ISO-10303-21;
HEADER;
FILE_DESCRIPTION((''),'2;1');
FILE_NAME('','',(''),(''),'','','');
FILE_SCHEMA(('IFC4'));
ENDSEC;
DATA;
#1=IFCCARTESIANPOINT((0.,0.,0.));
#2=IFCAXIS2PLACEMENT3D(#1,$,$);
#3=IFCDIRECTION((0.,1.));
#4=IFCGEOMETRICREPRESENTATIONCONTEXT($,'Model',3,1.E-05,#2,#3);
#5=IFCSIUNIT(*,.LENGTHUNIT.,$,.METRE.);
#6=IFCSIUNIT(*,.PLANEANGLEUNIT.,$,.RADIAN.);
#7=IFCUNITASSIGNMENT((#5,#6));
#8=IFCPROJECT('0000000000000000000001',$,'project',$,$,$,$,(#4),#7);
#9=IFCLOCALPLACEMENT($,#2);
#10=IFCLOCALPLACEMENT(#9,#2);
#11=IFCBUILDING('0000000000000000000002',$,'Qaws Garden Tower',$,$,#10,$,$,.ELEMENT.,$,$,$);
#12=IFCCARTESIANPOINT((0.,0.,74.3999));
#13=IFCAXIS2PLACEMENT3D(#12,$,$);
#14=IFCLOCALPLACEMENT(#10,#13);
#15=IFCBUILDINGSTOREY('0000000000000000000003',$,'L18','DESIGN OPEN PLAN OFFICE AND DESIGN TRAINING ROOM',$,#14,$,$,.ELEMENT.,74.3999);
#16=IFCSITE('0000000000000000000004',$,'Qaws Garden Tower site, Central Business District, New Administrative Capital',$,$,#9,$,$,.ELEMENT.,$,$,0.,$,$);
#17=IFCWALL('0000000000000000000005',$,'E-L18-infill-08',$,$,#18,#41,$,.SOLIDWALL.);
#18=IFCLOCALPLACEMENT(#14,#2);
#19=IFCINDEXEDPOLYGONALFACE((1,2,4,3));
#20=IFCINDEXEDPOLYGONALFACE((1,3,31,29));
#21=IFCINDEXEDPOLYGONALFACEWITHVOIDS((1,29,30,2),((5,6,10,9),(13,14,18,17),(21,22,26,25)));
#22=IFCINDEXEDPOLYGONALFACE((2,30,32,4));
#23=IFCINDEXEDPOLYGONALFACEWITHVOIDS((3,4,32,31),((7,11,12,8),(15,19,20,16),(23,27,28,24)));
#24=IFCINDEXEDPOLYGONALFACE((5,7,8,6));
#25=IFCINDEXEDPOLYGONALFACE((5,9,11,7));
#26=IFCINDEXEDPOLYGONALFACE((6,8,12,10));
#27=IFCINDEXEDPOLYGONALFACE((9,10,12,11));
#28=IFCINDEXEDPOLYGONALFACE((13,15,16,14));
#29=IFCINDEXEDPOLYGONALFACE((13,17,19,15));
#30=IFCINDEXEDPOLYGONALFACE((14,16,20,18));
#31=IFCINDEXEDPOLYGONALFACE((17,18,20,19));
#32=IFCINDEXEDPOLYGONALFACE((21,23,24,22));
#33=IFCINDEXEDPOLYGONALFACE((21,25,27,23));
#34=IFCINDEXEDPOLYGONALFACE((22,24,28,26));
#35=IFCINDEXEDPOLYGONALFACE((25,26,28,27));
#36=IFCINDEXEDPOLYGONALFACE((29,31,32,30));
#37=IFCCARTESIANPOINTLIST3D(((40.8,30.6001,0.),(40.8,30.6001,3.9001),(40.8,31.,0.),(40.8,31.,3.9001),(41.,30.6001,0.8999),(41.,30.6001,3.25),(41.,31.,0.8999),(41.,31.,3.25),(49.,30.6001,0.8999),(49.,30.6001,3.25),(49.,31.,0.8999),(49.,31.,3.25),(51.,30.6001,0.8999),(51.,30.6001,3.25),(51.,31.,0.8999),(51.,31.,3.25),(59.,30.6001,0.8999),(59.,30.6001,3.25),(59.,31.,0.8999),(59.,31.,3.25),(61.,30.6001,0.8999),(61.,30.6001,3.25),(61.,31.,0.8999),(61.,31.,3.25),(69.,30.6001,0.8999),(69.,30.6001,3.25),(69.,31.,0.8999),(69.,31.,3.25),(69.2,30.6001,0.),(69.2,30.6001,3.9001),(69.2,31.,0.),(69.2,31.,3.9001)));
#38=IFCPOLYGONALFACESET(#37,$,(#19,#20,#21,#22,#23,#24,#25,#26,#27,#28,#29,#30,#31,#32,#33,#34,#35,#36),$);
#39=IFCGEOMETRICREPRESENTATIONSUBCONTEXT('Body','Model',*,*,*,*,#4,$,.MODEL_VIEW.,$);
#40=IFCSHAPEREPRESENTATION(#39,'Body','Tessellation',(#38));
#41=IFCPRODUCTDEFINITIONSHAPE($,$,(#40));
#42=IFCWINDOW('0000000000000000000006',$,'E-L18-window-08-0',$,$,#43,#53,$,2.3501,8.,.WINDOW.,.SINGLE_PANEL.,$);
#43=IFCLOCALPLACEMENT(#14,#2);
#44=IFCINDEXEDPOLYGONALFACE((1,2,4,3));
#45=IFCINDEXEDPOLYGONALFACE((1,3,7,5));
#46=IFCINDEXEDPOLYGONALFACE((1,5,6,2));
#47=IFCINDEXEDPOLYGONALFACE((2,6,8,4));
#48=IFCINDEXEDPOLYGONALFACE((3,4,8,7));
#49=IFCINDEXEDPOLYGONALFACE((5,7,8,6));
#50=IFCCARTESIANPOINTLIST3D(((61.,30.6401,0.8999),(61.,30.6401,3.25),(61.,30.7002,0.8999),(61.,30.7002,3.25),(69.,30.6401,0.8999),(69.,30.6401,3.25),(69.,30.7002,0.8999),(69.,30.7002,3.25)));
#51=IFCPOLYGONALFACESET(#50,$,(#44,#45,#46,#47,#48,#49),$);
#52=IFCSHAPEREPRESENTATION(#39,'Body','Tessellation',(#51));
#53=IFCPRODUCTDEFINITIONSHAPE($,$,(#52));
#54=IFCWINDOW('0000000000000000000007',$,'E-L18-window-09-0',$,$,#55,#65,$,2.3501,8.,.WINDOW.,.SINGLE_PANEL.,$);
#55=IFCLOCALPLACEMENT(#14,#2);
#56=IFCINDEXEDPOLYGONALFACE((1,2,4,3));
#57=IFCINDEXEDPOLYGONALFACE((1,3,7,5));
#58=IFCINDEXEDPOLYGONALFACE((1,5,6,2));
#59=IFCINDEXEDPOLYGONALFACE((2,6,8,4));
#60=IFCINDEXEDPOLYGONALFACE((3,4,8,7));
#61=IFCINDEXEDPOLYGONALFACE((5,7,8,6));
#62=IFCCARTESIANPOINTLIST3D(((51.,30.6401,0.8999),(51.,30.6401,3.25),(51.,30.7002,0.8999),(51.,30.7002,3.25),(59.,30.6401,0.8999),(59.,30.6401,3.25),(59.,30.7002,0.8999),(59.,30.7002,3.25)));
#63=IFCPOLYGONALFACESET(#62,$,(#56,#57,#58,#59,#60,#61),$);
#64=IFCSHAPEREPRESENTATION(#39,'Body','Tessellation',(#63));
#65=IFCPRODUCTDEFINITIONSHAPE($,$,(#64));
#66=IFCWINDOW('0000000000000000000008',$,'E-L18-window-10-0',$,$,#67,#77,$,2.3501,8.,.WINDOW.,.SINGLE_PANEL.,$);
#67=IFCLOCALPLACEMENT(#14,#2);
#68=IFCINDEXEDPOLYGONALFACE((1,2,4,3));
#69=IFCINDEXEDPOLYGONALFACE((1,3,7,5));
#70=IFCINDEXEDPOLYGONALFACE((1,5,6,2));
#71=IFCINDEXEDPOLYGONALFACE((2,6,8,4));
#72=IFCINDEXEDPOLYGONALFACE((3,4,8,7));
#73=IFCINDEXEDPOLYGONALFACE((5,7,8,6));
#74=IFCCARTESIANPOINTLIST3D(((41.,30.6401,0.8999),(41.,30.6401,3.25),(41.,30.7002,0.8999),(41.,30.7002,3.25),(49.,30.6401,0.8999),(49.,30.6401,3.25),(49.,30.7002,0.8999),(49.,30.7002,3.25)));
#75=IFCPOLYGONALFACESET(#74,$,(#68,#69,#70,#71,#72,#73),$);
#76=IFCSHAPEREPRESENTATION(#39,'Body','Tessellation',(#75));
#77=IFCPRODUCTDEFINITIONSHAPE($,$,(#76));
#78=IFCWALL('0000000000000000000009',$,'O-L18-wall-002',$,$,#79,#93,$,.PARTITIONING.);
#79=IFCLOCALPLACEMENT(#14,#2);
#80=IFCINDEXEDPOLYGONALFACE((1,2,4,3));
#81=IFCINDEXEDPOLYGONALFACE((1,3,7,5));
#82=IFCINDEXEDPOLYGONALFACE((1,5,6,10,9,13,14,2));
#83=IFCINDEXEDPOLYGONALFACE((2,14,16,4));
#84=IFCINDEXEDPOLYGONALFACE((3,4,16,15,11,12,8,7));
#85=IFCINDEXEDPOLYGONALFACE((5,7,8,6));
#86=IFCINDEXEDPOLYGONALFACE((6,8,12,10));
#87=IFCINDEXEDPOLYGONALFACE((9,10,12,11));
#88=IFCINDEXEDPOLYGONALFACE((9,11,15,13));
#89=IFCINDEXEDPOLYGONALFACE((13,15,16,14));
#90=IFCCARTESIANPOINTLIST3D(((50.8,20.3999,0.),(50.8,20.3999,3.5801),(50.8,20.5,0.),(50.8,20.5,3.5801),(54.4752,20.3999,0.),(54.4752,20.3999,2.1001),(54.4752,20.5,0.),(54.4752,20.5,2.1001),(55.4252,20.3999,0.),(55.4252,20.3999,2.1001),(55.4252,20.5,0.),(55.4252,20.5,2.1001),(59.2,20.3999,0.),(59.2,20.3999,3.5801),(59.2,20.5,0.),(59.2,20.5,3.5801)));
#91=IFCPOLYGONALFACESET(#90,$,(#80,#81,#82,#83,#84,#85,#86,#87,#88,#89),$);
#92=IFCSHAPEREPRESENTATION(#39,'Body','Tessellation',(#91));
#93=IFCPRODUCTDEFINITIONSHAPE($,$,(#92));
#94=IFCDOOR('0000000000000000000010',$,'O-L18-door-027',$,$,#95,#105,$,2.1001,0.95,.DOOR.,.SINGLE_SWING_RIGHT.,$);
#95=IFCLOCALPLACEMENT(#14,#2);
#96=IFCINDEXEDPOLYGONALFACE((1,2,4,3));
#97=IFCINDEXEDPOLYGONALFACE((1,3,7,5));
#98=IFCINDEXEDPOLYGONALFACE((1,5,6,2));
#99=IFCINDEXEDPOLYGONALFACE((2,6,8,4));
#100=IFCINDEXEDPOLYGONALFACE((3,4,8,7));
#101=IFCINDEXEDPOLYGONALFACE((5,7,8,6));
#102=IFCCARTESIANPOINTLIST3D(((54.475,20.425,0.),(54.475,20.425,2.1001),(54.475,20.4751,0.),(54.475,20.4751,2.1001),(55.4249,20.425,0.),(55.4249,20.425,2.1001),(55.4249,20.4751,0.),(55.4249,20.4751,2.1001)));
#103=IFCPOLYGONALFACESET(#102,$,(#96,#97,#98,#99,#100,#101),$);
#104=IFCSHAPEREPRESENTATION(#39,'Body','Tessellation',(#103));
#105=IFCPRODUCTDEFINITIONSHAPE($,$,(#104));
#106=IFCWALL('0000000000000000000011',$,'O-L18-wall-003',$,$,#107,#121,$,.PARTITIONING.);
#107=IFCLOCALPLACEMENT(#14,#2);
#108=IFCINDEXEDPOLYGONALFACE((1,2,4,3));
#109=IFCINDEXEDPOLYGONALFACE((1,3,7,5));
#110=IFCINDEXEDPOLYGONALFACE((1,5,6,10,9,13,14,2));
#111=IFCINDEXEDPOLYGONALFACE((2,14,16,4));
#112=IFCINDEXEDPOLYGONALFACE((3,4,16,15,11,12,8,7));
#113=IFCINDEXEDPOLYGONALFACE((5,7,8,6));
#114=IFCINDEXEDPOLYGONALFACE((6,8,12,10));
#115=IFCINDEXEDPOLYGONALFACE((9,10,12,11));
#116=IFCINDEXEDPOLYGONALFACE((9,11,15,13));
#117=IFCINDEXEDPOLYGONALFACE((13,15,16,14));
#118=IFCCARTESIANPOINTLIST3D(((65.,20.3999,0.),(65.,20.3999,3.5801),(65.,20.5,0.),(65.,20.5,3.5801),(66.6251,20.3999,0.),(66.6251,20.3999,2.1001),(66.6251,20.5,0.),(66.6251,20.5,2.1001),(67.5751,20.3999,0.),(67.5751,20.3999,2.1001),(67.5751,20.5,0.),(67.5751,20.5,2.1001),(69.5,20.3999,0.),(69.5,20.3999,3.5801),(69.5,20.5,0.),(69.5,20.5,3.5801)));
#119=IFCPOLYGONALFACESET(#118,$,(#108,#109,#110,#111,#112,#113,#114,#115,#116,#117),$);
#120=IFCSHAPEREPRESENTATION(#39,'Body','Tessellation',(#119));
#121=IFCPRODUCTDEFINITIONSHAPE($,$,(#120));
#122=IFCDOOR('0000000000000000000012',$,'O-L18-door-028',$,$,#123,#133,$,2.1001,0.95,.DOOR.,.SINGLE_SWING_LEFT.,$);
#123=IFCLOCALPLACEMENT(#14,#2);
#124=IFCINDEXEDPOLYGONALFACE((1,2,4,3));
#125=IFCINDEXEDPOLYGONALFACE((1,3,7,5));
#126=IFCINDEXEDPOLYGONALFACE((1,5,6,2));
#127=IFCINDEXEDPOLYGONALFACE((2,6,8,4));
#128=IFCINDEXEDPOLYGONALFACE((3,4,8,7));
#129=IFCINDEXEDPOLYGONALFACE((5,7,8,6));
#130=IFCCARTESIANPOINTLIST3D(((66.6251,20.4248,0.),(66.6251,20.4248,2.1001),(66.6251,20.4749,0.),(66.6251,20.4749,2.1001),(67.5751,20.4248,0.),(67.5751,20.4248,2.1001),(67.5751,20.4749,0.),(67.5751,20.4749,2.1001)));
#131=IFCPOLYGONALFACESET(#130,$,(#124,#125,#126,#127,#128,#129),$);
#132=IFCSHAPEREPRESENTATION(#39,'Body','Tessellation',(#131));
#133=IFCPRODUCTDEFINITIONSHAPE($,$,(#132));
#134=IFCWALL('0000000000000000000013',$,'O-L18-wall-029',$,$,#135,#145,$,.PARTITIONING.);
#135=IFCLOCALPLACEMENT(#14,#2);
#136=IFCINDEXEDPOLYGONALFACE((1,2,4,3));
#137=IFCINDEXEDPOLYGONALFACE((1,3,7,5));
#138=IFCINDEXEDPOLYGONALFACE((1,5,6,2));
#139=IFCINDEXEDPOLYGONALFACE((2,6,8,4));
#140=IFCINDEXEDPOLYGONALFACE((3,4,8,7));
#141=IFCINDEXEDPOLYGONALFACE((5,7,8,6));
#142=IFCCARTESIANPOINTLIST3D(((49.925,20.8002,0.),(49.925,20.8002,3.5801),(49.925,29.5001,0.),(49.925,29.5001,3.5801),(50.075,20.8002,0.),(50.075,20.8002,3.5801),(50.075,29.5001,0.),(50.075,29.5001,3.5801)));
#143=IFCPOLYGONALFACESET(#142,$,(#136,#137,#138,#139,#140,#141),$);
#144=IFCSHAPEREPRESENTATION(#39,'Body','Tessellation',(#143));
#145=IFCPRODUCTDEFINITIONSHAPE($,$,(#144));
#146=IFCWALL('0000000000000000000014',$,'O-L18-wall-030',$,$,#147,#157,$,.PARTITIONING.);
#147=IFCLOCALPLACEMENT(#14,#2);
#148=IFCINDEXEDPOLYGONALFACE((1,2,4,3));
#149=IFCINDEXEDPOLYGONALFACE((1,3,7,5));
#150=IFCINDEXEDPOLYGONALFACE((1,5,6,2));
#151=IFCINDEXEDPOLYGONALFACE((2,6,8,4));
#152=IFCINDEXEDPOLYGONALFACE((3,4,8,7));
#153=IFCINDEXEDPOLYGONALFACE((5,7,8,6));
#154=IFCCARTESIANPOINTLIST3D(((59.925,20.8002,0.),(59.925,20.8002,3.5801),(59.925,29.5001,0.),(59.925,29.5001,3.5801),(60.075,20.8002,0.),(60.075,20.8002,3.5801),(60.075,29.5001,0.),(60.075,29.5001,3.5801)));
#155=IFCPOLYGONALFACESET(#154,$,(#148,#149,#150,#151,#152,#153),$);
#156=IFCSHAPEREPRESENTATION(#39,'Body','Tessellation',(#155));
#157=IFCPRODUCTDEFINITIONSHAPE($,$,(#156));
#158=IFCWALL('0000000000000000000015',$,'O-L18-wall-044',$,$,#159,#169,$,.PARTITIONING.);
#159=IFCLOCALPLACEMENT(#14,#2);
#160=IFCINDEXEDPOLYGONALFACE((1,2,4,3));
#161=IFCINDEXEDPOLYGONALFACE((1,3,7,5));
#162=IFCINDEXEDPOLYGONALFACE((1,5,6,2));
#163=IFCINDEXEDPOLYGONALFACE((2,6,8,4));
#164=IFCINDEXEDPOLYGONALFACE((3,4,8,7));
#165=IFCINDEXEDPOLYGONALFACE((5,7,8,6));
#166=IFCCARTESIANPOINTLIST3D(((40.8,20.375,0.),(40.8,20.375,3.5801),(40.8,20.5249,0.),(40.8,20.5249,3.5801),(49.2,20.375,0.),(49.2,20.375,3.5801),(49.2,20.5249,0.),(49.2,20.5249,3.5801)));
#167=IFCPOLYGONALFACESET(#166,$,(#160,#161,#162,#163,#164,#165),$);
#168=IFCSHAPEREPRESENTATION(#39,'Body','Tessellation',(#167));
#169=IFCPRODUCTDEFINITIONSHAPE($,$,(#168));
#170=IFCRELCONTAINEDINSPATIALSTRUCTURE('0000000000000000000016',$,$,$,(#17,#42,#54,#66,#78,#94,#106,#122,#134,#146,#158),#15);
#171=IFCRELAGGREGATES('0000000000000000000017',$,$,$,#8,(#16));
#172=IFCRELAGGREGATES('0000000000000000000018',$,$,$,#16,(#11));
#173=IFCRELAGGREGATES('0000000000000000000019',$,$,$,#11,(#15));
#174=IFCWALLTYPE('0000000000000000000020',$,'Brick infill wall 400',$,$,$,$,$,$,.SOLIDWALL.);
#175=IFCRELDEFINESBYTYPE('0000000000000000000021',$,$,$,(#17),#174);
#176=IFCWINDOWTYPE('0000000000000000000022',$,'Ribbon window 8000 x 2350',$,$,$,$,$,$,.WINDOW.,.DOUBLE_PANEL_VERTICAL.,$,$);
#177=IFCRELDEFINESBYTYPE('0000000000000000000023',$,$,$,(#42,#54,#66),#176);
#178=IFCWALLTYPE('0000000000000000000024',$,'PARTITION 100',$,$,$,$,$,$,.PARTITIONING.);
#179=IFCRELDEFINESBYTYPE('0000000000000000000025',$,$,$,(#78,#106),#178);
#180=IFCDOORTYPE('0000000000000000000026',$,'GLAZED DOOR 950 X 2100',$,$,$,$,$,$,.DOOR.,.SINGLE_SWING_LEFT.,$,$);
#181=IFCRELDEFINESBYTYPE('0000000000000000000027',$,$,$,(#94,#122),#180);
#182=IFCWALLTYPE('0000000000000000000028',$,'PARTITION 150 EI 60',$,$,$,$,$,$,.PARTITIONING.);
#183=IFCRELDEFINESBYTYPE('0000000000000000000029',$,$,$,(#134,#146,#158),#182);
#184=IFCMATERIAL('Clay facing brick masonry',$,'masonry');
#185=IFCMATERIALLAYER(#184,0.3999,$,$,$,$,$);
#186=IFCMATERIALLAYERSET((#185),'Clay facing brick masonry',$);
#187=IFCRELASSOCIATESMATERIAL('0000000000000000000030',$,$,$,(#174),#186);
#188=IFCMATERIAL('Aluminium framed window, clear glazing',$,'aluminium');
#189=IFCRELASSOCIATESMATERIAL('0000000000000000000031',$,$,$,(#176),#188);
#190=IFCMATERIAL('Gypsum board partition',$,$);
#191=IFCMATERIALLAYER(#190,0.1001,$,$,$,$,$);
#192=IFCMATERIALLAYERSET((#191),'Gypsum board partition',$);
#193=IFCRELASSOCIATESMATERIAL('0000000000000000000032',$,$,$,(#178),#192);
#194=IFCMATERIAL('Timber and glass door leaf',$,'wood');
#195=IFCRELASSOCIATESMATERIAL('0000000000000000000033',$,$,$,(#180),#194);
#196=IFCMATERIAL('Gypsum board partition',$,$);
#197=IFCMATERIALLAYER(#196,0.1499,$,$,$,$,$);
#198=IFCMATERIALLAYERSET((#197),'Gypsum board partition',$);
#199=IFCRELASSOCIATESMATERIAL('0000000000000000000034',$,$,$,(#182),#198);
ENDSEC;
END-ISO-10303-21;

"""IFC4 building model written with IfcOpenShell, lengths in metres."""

from ifc_helpers import new_model, si_unit, direction, frame, frame_2d, origin, place, context, subcontext, project, spatial, rectangle, extrude, material, layer, layer_set, type_object, element, fill, save


model = new_model("IFC4")

# Units and contexts
model_context = context("Model", 3, precision=1e-05, world=origin(), true_north=direction((0.0, 1.0)))
body_context = subcontext(model_context, "Body", "Model", "MODEL_VIEW")
ifc_project = project(units=[si_unit("LENGTHUNIT", "METRE"), si_unit("PLANEANGLEUNIT", "RADIAN")], contexts=[model_context])

# Site, building, storey
site_placement = place(None, origin())
site = spatial("IfcSite", under=ifc_project, at=site_placement, Name="Qaws Garden Tower site, Central Business District, New Administrative Capital", CompositionType="ELEMENT", RefElevation=0.0)
building_placement = place(site_placement, origin())
building = spatial("IfcBuilding", under=site, at=building_placement, Name="Qaws Garden Tower", CompositionType="ELEMENT")
storey_placement = place(building_placement, frame((0.0, 0.0, 74.3999)))
storey = spatial("IfcBuildingStorey", under=building, at=storey_placement, Name="L18", Description="DESIGN OPEN PLAN OFFICE AND DESIGN TRAINING ROOM", CompositionType="ELEMENT", Elevation=74.3999)

# Wall, openings, windows
ifc_material_1 = material(Name="Clay facing brick masonry", Category="masonry")
ifc_layer_1 = layer(ifc_material_1, 0.3999)
ifc_layer_set_1 = layer_set([ifc_layer_1], Name="Clay facing brick masonry")
wall_type_1 = type_object("IfcWallType", Name="Brick infill wall 400", PredefinedType="SOLIDWALL", material=ifc_layer_set_1)
wall_1_placement = place(storey_placement, frame((69.2, 30.8, 0.0), z_axis=(0.0, 0.0, 1.0), x_axis=(-1.0, 0.0, 0.0)))
wall_1 = element("IfcWall", 1, at=wall_1_placement, inside=storey, type_object=wall_type_1, Name="E-L18-infill-08", PredefinedType="SOLIDWALL", context=body_context, shape_type="SweptSolid", body=[
    extrude(rectangle(XDim=28.3999, YDim=0.3999, at=frame_2d((14.2, 0.0))), origin(), (0.0, 0.0, 1.0), 3.9001),
])
opening_1_placement = place(wall_1_placement, frame((0.2, 0.0, 0.8999)))
opening_1 = element("IfcOpeningElement", 2, at=opening_1_placement, cuts=wall_1, PredefinedType="OPENING", context=body_context, shape_type="SweptSolid", body=[
    extrude(rectangle(XDim=8.0, YDim=2.3501, at=frame_2d((4.0, 1.175))), frame((0.0, 0.21, 0.0), z_axis=(0.0, -1.0, 0.0), x_axis=(1.0, 0.0, 0.0)), (0.0, 0.0, 1.0), 0.4199),
])
opening_2_placement = place(wall_1_placement, frame((10.2, 0.0, 0.8999)))
opening_2 = element("IfcOpeningElement", 3, at=opening_2_placement, cuts=wall_1, PredefinedType="OPENING", context=body_context, shape_type="SweptSolid", body=[
    extrude(rectangle(XDim=8.0, YDim=2.3501, at=frame_2d((4.0, 1.175))), frame((0.0, 0.21, 0.0), z_axis=(0.0, -1.0, 0.0), x_axis=(1.0, 0.0, 0.0)), (0.0, 0.0, 1.0), 0.4199),
])
opening_3_placement = place(wall_1_placement, frame((20.2, 0.0, 0.8999)))
opening_3 = element("IfcOpeningElement", 4, at=opening_3_placement, cuts=wall_1, PredefinedType="OPENING", context=body_context, shape_type="SweptSolid", body=[
    extrude(rectangle(XDim=8.0, YDim=2.3501, at=frame_2d((4.0, 1.175))), frame((0.0, 0.21, 0.0), z_axis=(0.0, -1.0, 0.0), x_axis=(1.0, 0.0, 0.0)), (0.0, 0.0, 1.0), 0.4199),
])
ifc_material_2 = material(Name="Aluminium framed window, clear glazing", Category="aluminium")
window_type = type_object("IfcWindowType", Name="Ribbon window 8000 x 2350", PartitioningType="DOUBLE_PANEL_VERTICAL", PredefinedType="WINDOW", material=ifc_material_2)
window_1_placement = place(opening_1_placement, origin())
window_1 = element("IfcWindow", 5, at=window_1_placement, inside=storey, type_object=window_type, Name="E-L18-window-08-0", OverallHeight=2.3501, OverallWidth=8.0, PartitioningType="SINGLE_PANEL", PredefinedType="WINDOW", context=body_context, shape_type="SweptSolid", body=[
    extrude(rectangle(XDim=8.0, YDim=2.3501, at=frame_2d((4.0, 1.175))), frame((0.0, 0.1599, 0.0), z_axis=(0.0, -1.0, 0.0), x_axis=(1.0, 0.0, 0.0)), (0.0, 0.0, 1.0), 0.0601),
])
fill(opening_1, window_1)
window_2_placement = place(opening_2_placement, origin())
window_2 = element("IfcWindow", 6, at=window_2_placement, inside=storey, type_object=window_type, Name="E-L18-window-09-0", OverallHeight=2.3501, OverallWidth=8.0, PartitioningType="SINGLE_PANEL", PredefinedType="WINDOW", context=body_context, shape_type="SweptSolid", body=[
    extrude(rectangle(XDim=8.0, YDim=2.3501, at=frame_2d((4.0, 1.175))), frame((0.0, 0.1599, 0.0), z_axis=(0.0, -1.0, 0.0), x_axis=(1.0, 0.0, 0.0)), (0.0, 0.0, 1.0), 0.0601),
])
fill(opening_2, window_2)
window_3_placement = place(opening_3_placement, origin())
window_3 = element("IfcWindow", 7, at=window_3_placement, inside=storey, type_object=window_type, Name="E-L18-window-10-0", OverallHeight=2.3501, OverallWidth=8.0, PartitioningType="SINGLE_PANEL", PredefinedType="WINDOW", context=body_context, shape_type="SweptSolid", body=[
    extrude(rectangle(XDim=8.0, YDim=2.3501, at=frame_2d((4.0, 1.175))), frame((0.0, 0.1599, 0.0), z_axis=(0.0, -1.0, 0.0), x_axis=(1.0, 0.0, 0.0)), (0.0, 0.0, 1.0), 0.0601),
])
fill(opening_3, window_3)

# Walls, openings, doors
ifc_material_3 = material(Name="Gypsum board partition")
ifc_layer_2 = layer(ifc_material_3, 0.1001)
ifc_layer_set_2 = layer_set([ifc_layer_2], Name="Gypsum board partition")
wall_type_2 = type_object("IfcWallType", Name="PARTITION 100", PredefinedType="PARTITIONING", material=ifc_layer_set_2)
wall_2_placement = place(storey_placement, frame((50.8, 20.45, 0.0), z_axis=(0.0, 0.0, 1.0), x_axis=(1.0, 0.0, 0.0)))
wall_2 = element("IfcWall", 8, at=wall_2_placement, inside=storey, type_object=wall_type_2, Name="O-L18-wall-002", PredefinedType="PARTITIONING", context=body_context, shape_type="SweptSolid", body=[
    extrude(rectangle(XDim=8.3999, YDim=0.1001, at=frame_2d((4.2, 0.0))), origin(), (0.0, 0.0, 1.0), 3.5801),
])
opening_4_placement = place(wall_2_placement, frame((3.675, 0.0, 0.0)))
opening_4 = element("IfcOpeningElement", 9, at=opening_4_placement, cuts=wall_2, PredefinedType="OPENING", context=body_context, shape_type="SweptSolid", body=[
    extrude(rectangle(XDim=0.95, YDim=2.1001, at=frame_2d((0.4751, 1.05))), frame((0.0, 0.0601, 0.0), z_axis=(0.0, -1.0, 0.0), x_axis=(1.0, 0.0, 0.0)), (0.0, 0.0, 1.0), 0.1201),
])
ifc_material_4 = material(Name="Timber and glass door leaf", Category="wood")
door_type = type_object("IfcDoorType", Name="GLAZED DOOR 950 X 2100", OperationType="SINGLE_SWING_LEFT", PredefinedType="DOOR", material=ifc_material_4)
door_1_placement = place(opening_4_placement, frame((0.95, 0.0, 0.0), z_axis=(0.0, 0.0, 1.0), x_axis=(-1.0, 0.0, 0.0)))
door_1 = element("IfcDoor", 10, at=door_1_placement, inside=storey, type_object=door_type, Name="O-L18-door-027", OperationType="SINGLE_SWING_RIGHT", OverallHeight=2.1001, OverallWidth=0.95, PredefinedType="DOOR", context=body_context, shape_type="SweptSolid", body=[
    extrude(rectangle(XDim=0.95, YDim=2.1001, at=frame_2d((0.4751, 1.05))), frame((0.0, 0.0249, 0.0), z_axis=(0.0, -1.0, 0.0), x_axis=(1.0, 0.0, 0.0)), (0.0, 0.0, 1.0), 0.05),
])
fill(opening_4, door_1)
wall_3_placement = place(storey_placement, frame((65.0, 20.45, 0.0), z_axis=(0.0, 0.0, 1.0), x_axis=(1.0, 0.0, 0.0)))
wall_3 = element("IfcWall", 11, at=wall_3_placement, inside=storey, type_object=wall_type_2, Name="O-L18-wall-003", PredefinedType="PARTITIONING", context=body_context, shape_type="SweptSolid", body=[
    extrude(rectangle(XDim=4.5, YDim=0.1001, at=frame_2d((2.25, 0.0))), origin(), (0.0, 0.0, 1.0), 3.5801),
])
opening_5_placement = place(wall_3_placement, frame((1.625, 0.0, 0.0)))
opening_5 = element("IfcOpeningElement", 12, at=opening_5_placement, cuts=wall_3, PredefinedType="OPENING", context=body_context, shape_type="SweptSolid", body=[
    extrude(rectangle(XDim=0.95, YDim=2.1001, at=frame_2d((0.4751, 1.05))), frame((0.0, 0.0601, 0.0), z_axis=(0.0, -1.0, 0.0), x_axis=(1.0, 0.0, 0.0)), (0.0, 0.0, 1.0), 0.1201),
])
door_2_placement = place(opening_5_placement, origin())
door_2 = element("IfcDoor", 13, at=door_2_placement, inside=storey, type_object=door_type, Name="O-L18-door-028", OperationType="SINGLE_SWING_LEFT", OverallHeight=2.1001, OverallWidth=0.95, PredefinedType="DOOR", context=body_context, shape_type="SweptSolid", body=[
    extrude(rectangle(XDim=0.95, YDim=2.1001, at=frame_2d((0.4751, 1.05))), frame((0.0, 0.0249, 0.0), z_axis=(0.0, -1.0, 0.0), x_axis=(1.0, 0.0, 0.0)), (0.0, 0.0, 1.0), 0.05),
])
fill(opening_5, door_2)

# Walls
ifc_material_5 = material(Name="Gypsum board partition")
ifc_layer_3 = layer(ifc_material_5, 0.1499)
ifc_layer_set_3 = layer_set([ifc_layer_3], Name="Gypsum board partition")
wall_type_3 = type_object("IfcWallType", Name="PARTITION 150 EI 60", PredefinedType="PARTITIONING", material=ifc_layer_set_3)
for number, where, z_axis, x_axis, name in (
    (14, (50.0, 20.8, 0.0), (0.0, 0.0, 1.0), (0.0, 1.0, 0.0), "O-L18-wall-029"),
    (15, (60.0, 20.8, 0.0), (0.0, 0.0, 1.0), (0.0, 1.0, 0.0), "O-L18-wall-030"),
):
    element("IfcWall", number, at=place(storey_placement, frame(where, z_axis=z_axis, x_axis=x_axis)), inside=storey, type_object=wall_type_3, Name=name, PredefinedType="PARTITIONING", context=body_context, shape_type="SweptSolid", body=[
        extrude(rectangle(XDim=8.7, YDim=0.1499, at=frame_2d((4.3501, 0.0))), origin(), (0.0, 0.0, 1.0), 3.5801),
    ])
wall_4_placement = place(storey_placement, frame((40.8, 20.45, 0.0), z_axis=(0.0, 0.0, 1.0), x_axis=(1.0, 0.0, 0.0)))
element("IfcWall", 16, at=wall_4_placement, inside=storey, type_object=wall_type_3, Name="O-L18-wall-044", PredefinedType="PARTITIONING", context=body_context, shape_type="SweptSolid", body=[
    extrude(rectangle(XDim=8.3999, YDim=0.1499, at=frame_2d((4.2, 0.0))), origin(), (0.0, 0.0, 1.0), 3.5801),
])

save(model, "model.ifc")
